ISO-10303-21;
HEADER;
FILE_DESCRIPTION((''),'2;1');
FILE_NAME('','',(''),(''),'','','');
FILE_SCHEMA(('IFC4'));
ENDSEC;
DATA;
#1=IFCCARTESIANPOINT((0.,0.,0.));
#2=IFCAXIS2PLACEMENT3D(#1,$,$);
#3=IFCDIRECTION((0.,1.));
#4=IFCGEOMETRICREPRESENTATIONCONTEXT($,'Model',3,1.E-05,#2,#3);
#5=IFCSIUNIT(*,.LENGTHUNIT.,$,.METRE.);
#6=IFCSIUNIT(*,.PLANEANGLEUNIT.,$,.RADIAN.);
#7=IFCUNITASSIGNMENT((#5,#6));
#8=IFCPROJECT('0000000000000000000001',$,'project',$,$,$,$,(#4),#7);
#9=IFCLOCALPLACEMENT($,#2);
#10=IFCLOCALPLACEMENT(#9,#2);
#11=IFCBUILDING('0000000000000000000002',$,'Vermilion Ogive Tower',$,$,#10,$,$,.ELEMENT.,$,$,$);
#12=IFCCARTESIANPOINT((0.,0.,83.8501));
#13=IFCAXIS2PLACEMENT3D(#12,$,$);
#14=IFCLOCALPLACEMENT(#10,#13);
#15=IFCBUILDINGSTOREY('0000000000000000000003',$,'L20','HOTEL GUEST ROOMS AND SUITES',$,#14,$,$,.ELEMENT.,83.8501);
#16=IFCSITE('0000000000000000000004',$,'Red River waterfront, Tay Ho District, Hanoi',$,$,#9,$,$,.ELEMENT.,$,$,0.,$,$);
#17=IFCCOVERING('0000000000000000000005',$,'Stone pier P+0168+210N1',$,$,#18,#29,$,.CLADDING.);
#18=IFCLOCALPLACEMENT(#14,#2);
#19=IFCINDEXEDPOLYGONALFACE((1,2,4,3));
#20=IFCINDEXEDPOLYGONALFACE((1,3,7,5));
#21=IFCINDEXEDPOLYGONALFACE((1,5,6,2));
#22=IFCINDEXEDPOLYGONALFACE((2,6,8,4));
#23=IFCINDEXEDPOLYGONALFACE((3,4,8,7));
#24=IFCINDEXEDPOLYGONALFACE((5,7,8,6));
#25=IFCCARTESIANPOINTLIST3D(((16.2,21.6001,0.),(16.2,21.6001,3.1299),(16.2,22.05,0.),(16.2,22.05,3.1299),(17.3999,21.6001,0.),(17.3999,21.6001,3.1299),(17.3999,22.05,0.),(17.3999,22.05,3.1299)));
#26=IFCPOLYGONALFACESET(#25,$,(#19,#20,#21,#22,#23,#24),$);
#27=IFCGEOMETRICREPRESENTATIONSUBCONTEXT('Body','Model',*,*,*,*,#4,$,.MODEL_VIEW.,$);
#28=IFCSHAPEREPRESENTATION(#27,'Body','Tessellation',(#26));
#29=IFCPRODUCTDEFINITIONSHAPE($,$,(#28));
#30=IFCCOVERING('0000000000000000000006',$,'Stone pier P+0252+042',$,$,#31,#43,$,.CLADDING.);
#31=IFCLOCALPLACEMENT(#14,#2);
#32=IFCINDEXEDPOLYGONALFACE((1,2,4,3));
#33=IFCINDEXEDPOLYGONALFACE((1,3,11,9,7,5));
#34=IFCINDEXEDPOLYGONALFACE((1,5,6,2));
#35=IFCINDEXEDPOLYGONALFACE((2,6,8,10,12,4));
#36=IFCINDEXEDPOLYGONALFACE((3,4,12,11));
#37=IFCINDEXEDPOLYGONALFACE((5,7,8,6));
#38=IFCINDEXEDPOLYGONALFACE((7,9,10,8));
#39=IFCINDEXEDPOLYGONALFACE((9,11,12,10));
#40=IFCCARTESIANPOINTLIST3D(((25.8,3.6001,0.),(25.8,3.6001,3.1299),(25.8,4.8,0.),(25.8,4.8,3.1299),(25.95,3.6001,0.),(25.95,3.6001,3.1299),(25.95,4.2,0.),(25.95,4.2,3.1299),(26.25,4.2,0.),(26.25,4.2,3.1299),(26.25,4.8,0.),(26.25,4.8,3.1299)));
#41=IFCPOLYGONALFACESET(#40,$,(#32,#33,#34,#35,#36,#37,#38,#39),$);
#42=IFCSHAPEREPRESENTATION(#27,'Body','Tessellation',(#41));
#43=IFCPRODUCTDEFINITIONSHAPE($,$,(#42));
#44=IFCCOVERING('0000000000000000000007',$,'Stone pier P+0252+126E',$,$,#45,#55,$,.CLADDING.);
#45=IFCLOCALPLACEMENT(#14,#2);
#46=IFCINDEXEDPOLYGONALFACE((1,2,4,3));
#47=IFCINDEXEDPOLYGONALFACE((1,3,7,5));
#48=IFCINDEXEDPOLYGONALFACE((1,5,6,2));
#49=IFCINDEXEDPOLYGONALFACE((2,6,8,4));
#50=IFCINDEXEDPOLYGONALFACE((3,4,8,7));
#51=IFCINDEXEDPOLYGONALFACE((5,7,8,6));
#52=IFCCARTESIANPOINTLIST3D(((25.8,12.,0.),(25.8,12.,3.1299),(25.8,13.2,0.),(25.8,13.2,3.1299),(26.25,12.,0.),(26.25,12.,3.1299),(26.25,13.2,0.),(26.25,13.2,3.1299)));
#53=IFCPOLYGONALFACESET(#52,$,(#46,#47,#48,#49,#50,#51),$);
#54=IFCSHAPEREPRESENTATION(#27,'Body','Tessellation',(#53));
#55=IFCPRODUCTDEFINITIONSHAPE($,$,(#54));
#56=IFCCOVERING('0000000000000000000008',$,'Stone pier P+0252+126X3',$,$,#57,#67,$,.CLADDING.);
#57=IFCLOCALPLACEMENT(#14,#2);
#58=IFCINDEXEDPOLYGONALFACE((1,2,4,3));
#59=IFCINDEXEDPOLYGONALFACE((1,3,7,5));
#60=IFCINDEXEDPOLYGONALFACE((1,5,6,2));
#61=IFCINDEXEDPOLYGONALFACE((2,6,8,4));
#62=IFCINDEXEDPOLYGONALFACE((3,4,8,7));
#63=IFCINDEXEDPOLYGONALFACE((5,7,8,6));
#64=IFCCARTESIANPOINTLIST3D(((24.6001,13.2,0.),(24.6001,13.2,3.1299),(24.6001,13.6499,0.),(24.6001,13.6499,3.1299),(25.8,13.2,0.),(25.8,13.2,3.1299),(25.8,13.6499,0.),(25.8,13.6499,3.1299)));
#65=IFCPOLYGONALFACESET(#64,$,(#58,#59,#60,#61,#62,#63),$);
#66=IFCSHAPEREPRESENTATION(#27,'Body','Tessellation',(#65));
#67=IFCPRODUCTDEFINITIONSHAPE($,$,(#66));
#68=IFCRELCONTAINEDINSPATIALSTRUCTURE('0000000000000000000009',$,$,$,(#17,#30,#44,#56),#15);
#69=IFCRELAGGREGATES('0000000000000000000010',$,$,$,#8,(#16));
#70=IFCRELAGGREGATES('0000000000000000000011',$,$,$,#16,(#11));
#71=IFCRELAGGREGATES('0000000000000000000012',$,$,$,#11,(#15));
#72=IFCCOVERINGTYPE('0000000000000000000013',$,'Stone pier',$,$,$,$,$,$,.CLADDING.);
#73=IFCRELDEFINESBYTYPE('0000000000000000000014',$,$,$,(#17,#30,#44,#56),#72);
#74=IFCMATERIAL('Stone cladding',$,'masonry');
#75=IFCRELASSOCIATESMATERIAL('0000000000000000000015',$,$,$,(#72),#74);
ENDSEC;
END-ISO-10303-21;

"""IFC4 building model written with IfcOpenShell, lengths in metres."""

from ifc_helpers import new_model, si_unit, direction, frame, origin, place, context, subcontext, project, spatial, polyline, outline, extrude, material, type_object, element, save


model = new_model("IFC4")

# Units and contexts
model_context = context("Model", 3, precision=1e-05, world=origin(), true_north=direction((0.0, 1.0)))
body_context = subcontext(model_context, "Body", "Model", "MODEL_VIEW")
ifc_project = project(units=[si_unit("LENGTHUNIT", "METRE"), si_unit("PLANEANGLEUNIT", "RADIAN")], contexts=[model_context])

# Site, building, storey
site_placement = place(None, origin())
site = spatial("IfcSite", under=ifc_project, at=site_placement, Name="Red River waterfront, Tay Ho District, Hanoi", CompositionType="ELEMENT", RefElevation=0.0)
building_placement = place(site_placement, origin())
building = spatial("IfcBuilding", under=site, at=building_placement, Name="Vermilion Ogive Tower", CompositionType="ELEMENT")
storey_placement = place(building_placement, frame((0.0, 0.0, 83.8501)))
storey = spatial("IfcBuildingStorey", under=building, at=storey_placement, Name="L20", Description="HOTEL GUEST ROOMS AND SUITES", CompositionType="ELEMENT", Elevation=83.8501)

# Coverings
ifc_material_1 = material(Name="Stone cladding", Category="masonry")
covering_type = type_object("IfcCoveringType", Name="Stone pier", PredefinedType="CLADDING", material=ifc_material_1)
covering_1_placement = place(storey_placement, origin())
element("IfcCovering", 1, at=covering_1_placement, inside=storey, type_object=covering_type, Name="Stone pier P+0168+210N1", PredefinedType="CLADDING", context=body_context, shape_type="SweptSolid", body=[
    extrude(outline(polyline([(17.3999, 22.05), (17.3999, 21.6001), (16.2, 21.6001), (16.2, 22.05), (17.3999, 22.05)])), origin(), (0.0, 0.0, 1.0), 3.1299),
])
covering_2_placement = place(storey_placement, origin())
element("IfcCovering", 2, at=covering_2_placement, inside=storey, type_object=covering_type, Name="Stone pier P+0252+042", PredefinedType="CLADDING", context=body_context, shape_type="SweptSolid", body=[
    extrude(outline(polyline([(25.8, 4.8), (25.8, 4.8), (26.25, 4.8), (26.25, 4.2), (25.95, 4.2), (25.95, 3.6001), (26.25, 3.6001), (26.25, 3.6001), (25.8, 3.6001), (25.8, 3.6001), (25.8, 4.8)])), origin(), (0.0, 0.0, 1.0), 3.1299),
])
covering_3_placement = place(storey_placement, origin())
element("IfcCovering", 3, at=covering_3_placement, inside=storey, type_object=covering_type, Name="Stone pier P+0252+126E", PredefinedType="CLADDING", context=body_context, shape_type="SweptSolid", body=[
    extrude(outline(polyline([(25.8, 13.2), (25.8, 13.2), (26.25, 13.2), (26.25, 12.0), (25.8, 12.0), (25.8, 12.0), (25.8, 13.2)])), origin(), (0.0, 0.0, 1.0), 3.1299),
])
covering_4_placement = place(storey_placement, origin())
element("IfcCovering", 4, at=covering_4_placement, inside=storey, type_object=covering_type, Name="Stone pier P+0252+126X3", PredefinedType="CLADDING", context=body_context, shape_type="SweptSolid", body=[
    extrude(outline(polyline([(25.8, 13.6499), (25.8, 13.2), (25.8, 13.2), (24.6001, 13.2), (24.6001, 13.6499), (25.8, 13.6499)])), origin(), (0.0, 0.0, 1.0), 3.1299),
])

save(model, "model.ifc")
